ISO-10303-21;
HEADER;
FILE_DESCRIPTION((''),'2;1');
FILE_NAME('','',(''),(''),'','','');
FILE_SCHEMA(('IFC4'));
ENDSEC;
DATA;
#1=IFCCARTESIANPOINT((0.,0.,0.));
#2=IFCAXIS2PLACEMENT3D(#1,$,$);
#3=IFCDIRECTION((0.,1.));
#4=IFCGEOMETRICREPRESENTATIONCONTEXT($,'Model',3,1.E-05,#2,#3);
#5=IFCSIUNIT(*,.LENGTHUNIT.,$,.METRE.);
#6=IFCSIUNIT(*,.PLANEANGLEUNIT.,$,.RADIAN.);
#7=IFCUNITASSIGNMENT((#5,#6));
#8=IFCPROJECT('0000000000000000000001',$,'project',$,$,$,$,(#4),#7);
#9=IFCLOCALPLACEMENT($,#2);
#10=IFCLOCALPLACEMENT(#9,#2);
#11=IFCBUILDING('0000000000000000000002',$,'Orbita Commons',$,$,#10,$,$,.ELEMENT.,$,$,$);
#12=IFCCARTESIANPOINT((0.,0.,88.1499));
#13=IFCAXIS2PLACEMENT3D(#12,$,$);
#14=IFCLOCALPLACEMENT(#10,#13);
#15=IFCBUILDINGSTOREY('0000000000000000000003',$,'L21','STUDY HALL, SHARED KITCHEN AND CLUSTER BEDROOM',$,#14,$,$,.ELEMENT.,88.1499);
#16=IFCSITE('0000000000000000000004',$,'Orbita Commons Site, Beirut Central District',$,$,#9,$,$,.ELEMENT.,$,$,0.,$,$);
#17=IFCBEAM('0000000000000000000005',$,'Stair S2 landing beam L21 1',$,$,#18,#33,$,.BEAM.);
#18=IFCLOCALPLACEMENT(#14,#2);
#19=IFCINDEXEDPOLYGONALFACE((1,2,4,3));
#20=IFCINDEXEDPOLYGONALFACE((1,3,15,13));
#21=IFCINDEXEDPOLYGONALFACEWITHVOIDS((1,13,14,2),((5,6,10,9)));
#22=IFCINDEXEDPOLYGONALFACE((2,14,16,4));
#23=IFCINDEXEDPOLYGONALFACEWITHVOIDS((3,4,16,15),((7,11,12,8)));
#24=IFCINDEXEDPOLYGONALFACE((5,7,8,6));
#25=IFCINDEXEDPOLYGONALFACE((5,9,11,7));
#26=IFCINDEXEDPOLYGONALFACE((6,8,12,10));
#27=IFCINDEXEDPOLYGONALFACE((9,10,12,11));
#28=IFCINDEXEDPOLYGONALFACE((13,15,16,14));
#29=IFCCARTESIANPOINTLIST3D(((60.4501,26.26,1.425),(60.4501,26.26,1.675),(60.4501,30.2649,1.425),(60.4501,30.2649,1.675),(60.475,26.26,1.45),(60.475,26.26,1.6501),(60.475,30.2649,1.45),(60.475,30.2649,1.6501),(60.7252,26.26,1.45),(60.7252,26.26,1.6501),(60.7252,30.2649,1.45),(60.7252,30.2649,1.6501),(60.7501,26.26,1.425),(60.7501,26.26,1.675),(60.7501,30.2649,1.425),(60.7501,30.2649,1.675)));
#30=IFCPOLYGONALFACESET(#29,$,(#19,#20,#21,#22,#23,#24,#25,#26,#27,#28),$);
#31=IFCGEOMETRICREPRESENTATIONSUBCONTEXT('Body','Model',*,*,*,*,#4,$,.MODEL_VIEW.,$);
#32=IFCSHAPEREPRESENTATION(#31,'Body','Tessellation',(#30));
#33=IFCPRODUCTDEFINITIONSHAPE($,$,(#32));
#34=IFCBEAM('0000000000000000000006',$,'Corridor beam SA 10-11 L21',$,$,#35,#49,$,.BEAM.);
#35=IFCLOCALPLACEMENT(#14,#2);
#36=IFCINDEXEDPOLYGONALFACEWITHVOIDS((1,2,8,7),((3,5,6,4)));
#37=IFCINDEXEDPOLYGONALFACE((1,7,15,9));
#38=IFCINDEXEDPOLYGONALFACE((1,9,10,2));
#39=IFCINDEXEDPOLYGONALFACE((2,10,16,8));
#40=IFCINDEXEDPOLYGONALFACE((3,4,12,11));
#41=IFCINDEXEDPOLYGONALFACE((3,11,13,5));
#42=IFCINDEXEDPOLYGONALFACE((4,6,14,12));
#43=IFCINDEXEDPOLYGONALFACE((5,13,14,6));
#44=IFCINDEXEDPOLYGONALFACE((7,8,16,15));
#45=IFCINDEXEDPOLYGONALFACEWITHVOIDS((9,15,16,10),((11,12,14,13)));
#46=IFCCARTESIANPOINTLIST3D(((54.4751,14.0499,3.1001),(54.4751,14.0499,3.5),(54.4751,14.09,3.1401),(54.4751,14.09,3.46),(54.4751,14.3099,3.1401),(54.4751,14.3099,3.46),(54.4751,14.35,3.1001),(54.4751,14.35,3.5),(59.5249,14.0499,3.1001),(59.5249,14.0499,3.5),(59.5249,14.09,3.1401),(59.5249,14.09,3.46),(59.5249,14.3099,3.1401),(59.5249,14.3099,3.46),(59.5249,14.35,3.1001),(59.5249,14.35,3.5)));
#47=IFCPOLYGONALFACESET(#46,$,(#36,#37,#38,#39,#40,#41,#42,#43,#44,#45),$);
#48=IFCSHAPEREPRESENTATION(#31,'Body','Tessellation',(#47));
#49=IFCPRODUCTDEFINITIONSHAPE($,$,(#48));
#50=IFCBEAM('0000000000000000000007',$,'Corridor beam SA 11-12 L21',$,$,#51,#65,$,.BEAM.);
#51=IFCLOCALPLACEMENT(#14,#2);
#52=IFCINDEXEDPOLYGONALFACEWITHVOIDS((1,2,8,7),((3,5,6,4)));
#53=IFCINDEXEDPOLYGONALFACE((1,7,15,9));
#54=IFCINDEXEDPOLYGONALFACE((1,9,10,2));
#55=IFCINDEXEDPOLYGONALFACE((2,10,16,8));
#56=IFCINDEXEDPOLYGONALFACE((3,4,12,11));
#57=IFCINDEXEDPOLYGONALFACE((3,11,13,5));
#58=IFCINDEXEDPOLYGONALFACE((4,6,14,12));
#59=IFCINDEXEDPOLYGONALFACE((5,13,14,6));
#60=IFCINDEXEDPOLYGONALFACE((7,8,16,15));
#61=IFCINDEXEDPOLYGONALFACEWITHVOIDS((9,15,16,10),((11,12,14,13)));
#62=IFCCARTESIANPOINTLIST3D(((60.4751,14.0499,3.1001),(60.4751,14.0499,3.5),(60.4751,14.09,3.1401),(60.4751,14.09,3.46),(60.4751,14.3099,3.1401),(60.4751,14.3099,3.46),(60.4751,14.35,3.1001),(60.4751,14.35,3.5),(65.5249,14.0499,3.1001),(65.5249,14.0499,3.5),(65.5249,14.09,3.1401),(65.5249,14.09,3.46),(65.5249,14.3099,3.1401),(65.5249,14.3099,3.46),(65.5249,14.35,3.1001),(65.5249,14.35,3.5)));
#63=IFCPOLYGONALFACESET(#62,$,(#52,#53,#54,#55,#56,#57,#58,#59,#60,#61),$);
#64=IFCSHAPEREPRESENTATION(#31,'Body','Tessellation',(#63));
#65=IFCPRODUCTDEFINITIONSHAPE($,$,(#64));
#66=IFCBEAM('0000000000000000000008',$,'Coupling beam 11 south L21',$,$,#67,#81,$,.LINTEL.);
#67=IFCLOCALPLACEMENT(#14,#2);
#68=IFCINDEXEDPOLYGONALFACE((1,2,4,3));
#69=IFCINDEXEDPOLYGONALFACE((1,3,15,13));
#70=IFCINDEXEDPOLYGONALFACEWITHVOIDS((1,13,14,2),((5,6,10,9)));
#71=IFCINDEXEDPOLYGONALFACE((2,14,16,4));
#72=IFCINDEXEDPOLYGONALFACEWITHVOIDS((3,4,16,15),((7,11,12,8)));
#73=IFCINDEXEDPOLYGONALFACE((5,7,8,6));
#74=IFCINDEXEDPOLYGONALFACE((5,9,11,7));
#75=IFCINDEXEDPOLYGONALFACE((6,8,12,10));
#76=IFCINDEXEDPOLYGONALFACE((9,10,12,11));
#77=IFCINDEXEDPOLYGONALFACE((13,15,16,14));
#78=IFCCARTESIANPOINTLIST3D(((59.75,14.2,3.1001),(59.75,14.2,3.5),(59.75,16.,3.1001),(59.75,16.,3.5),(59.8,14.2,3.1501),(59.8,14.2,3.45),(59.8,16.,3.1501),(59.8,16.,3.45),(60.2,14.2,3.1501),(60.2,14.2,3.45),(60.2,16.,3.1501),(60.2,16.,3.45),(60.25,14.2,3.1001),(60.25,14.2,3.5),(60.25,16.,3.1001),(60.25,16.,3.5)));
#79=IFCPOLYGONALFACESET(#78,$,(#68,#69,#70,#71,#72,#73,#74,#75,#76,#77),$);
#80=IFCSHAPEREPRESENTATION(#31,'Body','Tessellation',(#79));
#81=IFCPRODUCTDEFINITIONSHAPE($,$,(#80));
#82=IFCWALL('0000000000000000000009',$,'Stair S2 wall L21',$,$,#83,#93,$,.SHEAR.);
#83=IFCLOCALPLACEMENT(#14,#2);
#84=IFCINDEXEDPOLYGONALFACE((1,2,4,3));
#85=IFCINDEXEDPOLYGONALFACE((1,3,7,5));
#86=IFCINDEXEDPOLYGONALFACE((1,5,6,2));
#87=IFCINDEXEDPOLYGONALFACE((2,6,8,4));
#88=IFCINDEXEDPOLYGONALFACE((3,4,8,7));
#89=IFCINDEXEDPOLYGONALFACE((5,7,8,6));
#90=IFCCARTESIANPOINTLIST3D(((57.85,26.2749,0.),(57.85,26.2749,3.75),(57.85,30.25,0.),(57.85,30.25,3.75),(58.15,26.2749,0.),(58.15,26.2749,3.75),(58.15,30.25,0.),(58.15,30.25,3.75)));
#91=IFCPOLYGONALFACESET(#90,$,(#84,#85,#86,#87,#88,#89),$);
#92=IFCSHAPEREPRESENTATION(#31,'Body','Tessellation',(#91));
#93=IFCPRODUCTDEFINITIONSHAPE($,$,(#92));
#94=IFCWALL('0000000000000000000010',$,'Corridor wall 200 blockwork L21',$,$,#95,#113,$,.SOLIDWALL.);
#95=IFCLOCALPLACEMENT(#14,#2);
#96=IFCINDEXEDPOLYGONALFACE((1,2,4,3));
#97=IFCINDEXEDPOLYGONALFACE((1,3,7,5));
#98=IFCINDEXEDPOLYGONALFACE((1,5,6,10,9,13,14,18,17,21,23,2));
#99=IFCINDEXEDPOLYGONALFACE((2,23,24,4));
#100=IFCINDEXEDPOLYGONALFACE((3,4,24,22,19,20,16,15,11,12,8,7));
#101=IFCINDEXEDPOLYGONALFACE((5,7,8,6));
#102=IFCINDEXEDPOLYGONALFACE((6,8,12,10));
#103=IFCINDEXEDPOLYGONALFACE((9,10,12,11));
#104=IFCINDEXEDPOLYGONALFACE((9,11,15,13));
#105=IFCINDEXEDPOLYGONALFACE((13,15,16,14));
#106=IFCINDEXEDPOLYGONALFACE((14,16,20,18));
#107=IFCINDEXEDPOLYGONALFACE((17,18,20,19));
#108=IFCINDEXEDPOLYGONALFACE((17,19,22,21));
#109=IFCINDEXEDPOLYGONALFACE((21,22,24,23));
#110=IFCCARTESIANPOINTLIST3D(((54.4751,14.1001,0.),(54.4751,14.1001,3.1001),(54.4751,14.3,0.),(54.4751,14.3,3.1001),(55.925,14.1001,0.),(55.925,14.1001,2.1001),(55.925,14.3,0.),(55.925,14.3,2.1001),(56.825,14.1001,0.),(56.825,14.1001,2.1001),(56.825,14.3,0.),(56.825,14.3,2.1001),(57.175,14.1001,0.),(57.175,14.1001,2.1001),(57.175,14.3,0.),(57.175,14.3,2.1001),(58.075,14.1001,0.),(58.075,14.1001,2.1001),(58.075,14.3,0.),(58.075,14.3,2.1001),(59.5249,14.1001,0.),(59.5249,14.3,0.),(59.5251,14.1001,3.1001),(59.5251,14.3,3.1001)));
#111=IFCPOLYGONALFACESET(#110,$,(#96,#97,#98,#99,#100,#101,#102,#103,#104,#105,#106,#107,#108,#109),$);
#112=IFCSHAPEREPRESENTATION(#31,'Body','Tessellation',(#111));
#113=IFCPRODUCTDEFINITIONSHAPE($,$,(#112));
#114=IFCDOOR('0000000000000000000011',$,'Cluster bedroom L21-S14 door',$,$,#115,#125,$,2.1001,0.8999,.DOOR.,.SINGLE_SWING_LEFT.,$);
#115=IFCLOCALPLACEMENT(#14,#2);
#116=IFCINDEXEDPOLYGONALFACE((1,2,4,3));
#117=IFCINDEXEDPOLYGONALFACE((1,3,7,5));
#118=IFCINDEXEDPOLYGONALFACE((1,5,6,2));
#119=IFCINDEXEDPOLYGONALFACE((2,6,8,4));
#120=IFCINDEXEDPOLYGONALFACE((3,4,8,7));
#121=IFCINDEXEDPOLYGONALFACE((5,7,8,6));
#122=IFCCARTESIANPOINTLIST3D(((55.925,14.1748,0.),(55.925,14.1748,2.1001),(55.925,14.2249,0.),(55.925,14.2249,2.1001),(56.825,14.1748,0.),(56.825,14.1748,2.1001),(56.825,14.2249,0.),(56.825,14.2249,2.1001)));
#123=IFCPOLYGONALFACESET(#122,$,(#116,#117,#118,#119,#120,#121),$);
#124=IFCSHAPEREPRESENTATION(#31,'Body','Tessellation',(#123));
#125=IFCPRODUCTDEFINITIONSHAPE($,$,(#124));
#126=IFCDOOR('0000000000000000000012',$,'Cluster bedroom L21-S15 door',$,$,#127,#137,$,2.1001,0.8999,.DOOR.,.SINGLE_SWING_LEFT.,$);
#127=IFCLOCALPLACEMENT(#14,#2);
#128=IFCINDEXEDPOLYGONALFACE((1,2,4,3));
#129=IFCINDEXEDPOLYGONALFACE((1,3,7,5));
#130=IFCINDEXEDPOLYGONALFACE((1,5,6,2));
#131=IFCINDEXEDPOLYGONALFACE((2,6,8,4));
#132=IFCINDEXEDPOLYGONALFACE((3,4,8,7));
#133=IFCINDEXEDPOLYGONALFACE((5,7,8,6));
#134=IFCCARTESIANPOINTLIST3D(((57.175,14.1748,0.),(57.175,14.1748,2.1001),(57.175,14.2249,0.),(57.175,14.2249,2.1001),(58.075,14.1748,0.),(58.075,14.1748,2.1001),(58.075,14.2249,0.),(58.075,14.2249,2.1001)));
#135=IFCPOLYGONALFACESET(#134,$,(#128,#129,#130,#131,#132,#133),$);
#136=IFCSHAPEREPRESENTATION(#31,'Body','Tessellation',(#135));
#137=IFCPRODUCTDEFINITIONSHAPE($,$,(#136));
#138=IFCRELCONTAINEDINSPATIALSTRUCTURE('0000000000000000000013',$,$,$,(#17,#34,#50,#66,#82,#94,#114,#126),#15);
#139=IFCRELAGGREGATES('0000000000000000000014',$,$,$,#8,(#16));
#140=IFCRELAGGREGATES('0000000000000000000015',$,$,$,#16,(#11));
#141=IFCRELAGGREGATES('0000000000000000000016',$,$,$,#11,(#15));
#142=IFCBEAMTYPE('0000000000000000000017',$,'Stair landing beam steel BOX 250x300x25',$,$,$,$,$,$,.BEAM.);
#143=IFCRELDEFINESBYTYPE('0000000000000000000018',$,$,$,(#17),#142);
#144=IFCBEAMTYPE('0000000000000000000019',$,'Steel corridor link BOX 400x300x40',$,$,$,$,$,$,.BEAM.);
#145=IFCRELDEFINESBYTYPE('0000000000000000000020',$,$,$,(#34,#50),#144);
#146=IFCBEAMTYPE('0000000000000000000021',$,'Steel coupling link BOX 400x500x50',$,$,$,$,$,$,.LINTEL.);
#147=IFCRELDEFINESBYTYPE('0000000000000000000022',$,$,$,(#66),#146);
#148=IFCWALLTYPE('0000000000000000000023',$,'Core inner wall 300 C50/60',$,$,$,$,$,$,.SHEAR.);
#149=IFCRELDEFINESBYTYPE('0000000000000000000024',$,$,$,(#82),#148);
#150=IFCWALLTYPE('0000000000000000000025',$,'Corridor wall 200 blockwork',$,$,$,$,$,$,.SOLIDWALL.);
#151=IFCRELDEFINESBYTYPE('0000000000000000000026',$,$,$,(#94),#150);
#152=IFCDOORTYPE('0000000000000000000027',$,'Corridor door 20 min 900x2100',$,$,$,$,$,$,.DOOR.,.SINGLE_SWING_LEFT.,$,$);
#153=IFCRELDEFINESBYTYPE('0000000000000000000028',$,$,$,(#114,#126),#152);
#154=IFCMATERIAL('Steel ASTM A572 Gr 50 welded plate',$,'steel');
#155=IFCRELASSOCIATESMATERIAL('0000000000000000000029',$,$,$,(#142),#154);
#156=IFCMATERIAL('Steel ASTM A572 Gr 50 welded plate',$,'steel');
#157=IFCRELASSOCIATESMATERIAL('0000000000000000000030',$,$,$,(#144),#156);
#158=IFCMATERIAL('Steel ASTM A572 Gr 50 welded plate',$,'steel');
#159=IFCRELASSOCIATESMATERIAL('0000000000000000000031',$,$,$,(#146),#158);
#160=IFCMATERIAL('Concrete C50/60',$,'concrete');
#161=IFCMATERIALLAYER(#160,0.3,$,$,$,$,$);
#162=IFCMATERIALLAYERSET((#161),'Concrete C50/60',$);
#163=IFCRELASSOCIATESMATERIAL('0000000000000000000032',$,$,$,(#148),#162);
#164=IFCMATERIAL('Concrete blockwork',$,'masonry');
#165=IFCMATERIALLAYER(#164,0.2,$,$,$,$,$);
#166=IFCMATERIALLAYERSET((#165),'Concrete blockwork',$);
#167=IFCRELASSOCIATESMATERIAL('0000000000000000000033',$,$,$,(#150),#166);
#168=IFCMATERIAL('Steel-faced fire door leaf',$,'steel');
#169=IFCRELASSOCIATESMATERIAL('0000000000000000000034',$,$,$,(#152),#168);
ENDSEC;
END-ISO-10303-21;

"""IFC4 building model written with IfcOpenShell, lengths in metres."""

from ifc_helpers import new_model, si_unit, direction, frame, frame_2d, origin, origin_2d, place, context, subcontext, project, spatial, polyline, rectangle, hollow_rectangle, outline, extrude, material, layer, layer_set, material_profile, profile_set, type_object, element, fill, save


model = new_model("IFC4")

# Units and contexts
model_context = context("Model", 3, precision=1e-05, world=origin(), true_north=direction((0.0, 1.0)))
body_context = subcontext(model_context, "Body", "Model", "MODEL_VIEW")
ifc_project = project(units=[si_unit("LENGTHUNIT", "METRE"), si_unit("PLANEANGLEUNIT", "RADIAN")], contexts=[model_context])

# Site, building, storey
site_placement = place(None, origin())
site = spatial("IfcSite", under=ifc_project, at=site_placement, Name="Orbita Commons Site, Beirut Central District", CompositionType="ELEMENT", RefElevation=0.0)
building_placement = place(site_placement, origin())
building = spatial("IfcBuilding", under=site, at=building_placement, Name="Orbita Commons", CompositionType="ELEMENT")
storey_placement = place(building_placement, frame((0.0, 0.0, 88.1499)))
storey = spatial("IfcBuildingStorey", under=building, at=storey_placement, Name="L21", Description="STUDY HALL, SHARED KITCHEN AND CLUSTER BEDROOM", CompositionType="ELEMENT", Elevation=88.1499)

# Beams
ifc_material_1 = material(Name="Steel ASTM A572 Gr 50 welded plate", Category="steel")
ifc_material_profile_1 = material_profile(ifc_material_1, hollow_rectangle(XDim=0.3, YDim=0.25, WallThickness=0.0249, at=origin_2d()), Name="BOX 250x300x25")
ifc_profile_set_1 = profile_set([ifc_material_profile_1], Name="Steel ASTM A572 Gr 50 welded plate")
beam_type_1 = type_object("IfcBeamType", Name="Stair landing beam steel BOX 250x300x25", PredefinedType="BEAM", material=ifc_profile_set_1)
beam_1_placement = place(storey_placement, frame((60.6001, 26.26, 1.55), z_axis=(0.0, 1.0, 0.0), x_axis=(-1.0, 0.0, 0.0)))
element("IfcBeam", 1, at=beam_1_placement, inside=storey, type_object=beam_type_1, Name="Stair S2 landing beam L21 1", PredefinedType="BEAM", context=body_context, shape_type="SweptSolid", body=[
    extrude(hollow_rectangle(XDim=0.3, YDim=0.25, WallThickness=0.0249, at=origin_2d()), origin(), (0.0, 0.0, 1.0), 4.0049),
])
ifc_material_2 = material(Name="Steel ASTM A572 Gr 50 welded plate", Category="steel")
ifc_material_profile_2 = material_profile(ifc_material_2, hollow_rectangle(XDim=0.3, YDim=0.3999, WallThickness=0.04, at=origin_2d()), Name="BOX 400x300x40")
ifc_profile_set_2 = profile_set([ifc_material_profile_2], Name="Steel ASTM A572 Gr 50 welded plate")
beam_type_2 = type_object("IfcBeamType", Name="Steel corridor link BOX 400x300x40", PredefinedType="BEAM", material=ifc_profile_set_2)
for number, where, z_axis, x_axis, name in (
    (2, (54.4751, 14.2, 3.3), (1.0, 0.0, 0.0), (0.0, 1.0, 0.0), "Corridor beam SA 10-11 L21"),
    (3, (60.4751, 14.2, 3.3), (1.0, 0.0, 0.0), (0.0, 1.0, 0.0), "Corridor beam SA 11-12 L21"),
):
    element("IfcBeam", number, at=place(storey_placement, frame(where, z_axis=z_axis, x_axis=x_axis)), inside=storey, type_object=beam_type_2, Name=name, PredefinedType="BEAM", context=body_context, shape_type="SweptSolid", body=[
        extrude(hollow_rectangle(XDim=0.3, YDim=0.3999, WallThickness=0.04, at=origin_2d()), origin(), (0.0, 0.0, 1.0), 5.0498),
    ])
ifc_material_3 = material(Name="Steel ASTM A572 Gr 50 welded plate", Category="steel")
ifc_material_profile_3 = material_profile(ifc_material_3, hollow_rectangle(XDim=0.5, YDim=0.3999, WallThickness=0.05, at=origin_2d()), Name="BOX 400x500x50")
ifc_profile_set_3 = profile_set([ifc_material_profile_3], Name="Steel ASTM A572 Gr 50 welded plate")
beam_type_3 = type_object("IfcBeamType", Name="Steel coupling link BOX 400x500x50", PredefinedType="LINTEL", material=ifc_profile_set_3)
beam_2_placement = place(storey_placement, frame((60.0, 14.2, 3.3), z_axis=(0.0, 1.0, 0.0), x_axis=(-1.0, 0.0, 0.0)))
element("IfcBeam", 4, at=beam_2_placement, inside=storey, type_object=beam_type_3, Name="Coupling beam 11 south L21", PredefinedType="LINTEL", context=body_context, shape_type="SweptSolid", body=[
    extrude(hollow_rectangle(XDim=0.5, YDim=0.3999, WallThickness=0.05, at=origin_2d()), origin(), (0.0, 0.0, 1.0), 1.8),
])

# Wall
ifc_material_4 = material(Name="Concrete C50/60", Category="concrete")
ifc_layer_1 = layer(ifc_material_4, 0.3)
ifc_layer_set_1 = layer_set([ifc_layer_1], Name="Concrete C50/60")
wall_type_1 = type_object("IfcWallType", Name="Core inner wall 300 C50/60", PredefinedType="SHEAR", material=ifc_layer_set_1)
wall_1_placement = place(storey_placement, frame((58.0, 26.2749, 0.0), z_axis=(0.0, 0.0, 1.0), x_axis=(0.0, 1.0, 0.0)))
element("IfcWall", 5, at=wall_1_placement, inside=storey, type_object=wall_type_1, Name="Stair S2 wall L21", PredefinedType="SHEAR", context=body_context, shape_type="SweptSolid", body=[
    extrude(rectangle(XDim=3.9751, YDim=0.3, at=frame_2d((1.9875, 0.0))), origin(), (0.0, 0.0, 1.0), 3.75),
])

# Wall, openings, doors
ifc_material_5 = material(Name="Concrete blockwork", Category="masonry")
ifc_layer_2 = layer(ifc_material_5, 0.2)
ifc_layer_set_2 = layer_set([ifc_layer_2], Name="Concrete blockwork")
wall_type_2 = type_object("IfcWallType", Name="Corridor wall 200 blockwork", PredefinedType="SOLIDWALL", material=ifc_layer_set_2)
wall_2_placement = place(storey_placement, frame((54.4751, 14.2, 0.0), z_axis=(0.0, 0.0, 1.0), x_axis=(1.0, 0.0, 0.0)))
wall_2 = element("IfcWall", 6, at=wall_2_placement, inside=storey, type_object=wall_type_2, Name="Corridor wall 200 blockwork L21", PredefinedType="SOLIDWALL", context=body_context, shape_type="SweptSolid", body=[
    extrude(outline(polyline([(0.0, 0.0), (5.0498, 0.0), (5.05, 3.1001), (0.0, 3.1001), (0.0, 0.0)])), frame((0.0, 0.1001, 0.0), z_axis=(0.0, -1.0, 0.0), x_axis=(1.0, 0.0, 0.0)), (0.0, 0.0, 1.0), 0.2),
])
opening_1_placement = place(wall_2_placement, frame((1.45, 0.0, 0.0)))
opening_1 = element("IfcOpeningElement", 7, at=opening_1_placement, cuts=wall_2, PredefinedType="OPENING", context=body_context, shape_type="SweptSolid", body=[
    extrude(rectangle(XDim=0.8999, YDim=2.1001, at=frame_2d((0.45, 1.05))), frame((0.0, 0.1099, 0.0), z_axis=(0.0, -1.0, 0.0), x_axis=(1.0, 0.0, 0.0)), (0.0, 0.0, 1.0), 0.22),
])
opening_2_placement = place(wall_2_placement, frame((2.7, 0.0, 0.0)))
opening_2 = element("IfcOpeningElement", 8, at=opening_2_placement, cuts=wall_2, PredefinedType="OPENING", context=body_context, shape_type="SweptSolid", body=[
    extrude(rectangle(XDim=0.8999, YDim=2.1001, at=frame_2d((0.45, 1.05))), frame((0.0, 0.1099, 0.0), z_axis=(0.0, -1.0, 0.0), x_axis=(1.0, 0.0, 0.0)), (0.0, 0.0, 1.0), 0.22),
])
ifc_material_6 = material(Name="Steel-faced fire door leaf", Category="steel")
door_type_1 = type_object("IfcDoorType", Name="Corridor door 20 min 900x2100", OperationType="SINGLE_SWING_LEFT", PredefinedType="DOOR", material=ifc_material_6)
door_1_placement = place(opening_1_placement, origin())
door_1 = element("IfcDoor", 9, at=door_1_placement, inside=storey, type_object=door_type_1, Name="Cluster bedroom L21-S14 door", OperationType="SINGLE_SWING_LEFT", OverallHeight=2.1001, OverallWidth=0.8999, PredefinedType="DOOR", context=body_context, shape_type="SweptSolid", body=[
    extrude(rectangle(XDim=0.8999, YDim=2.1001, at=frame_2d((0.45, 1.05))), frame((0.0, 0.0249, 0.0), z_axis=(0.0, -1.0, 0.0), x_axis=(1.0, 0.0, 0.0)), (0.0, 0.0, 1.0), 0.05),
])
fill(opening_1, door_1)
door_2_placement = place(opening_2_placement, origin())
door_2 = element("IfcDoor", 10, at=door_2_placement, inside=storey, type_object=door_type_1, Name="Cluster bedroom L21-S15 door", OperationType="SINGLE_SWING_LEFT", OverallHeight=2.1001, OverallWidth=0.8999, PredefinedType="DOOR", context=body_context, shape_type="SweptSolid", body=[
    extrude(rectangle(XDim=0.8999, YDim=2.1001, at=frame_2d((0.45, 1.05))), frame((0.0, 0.0249, 0.0), z_axis=(0.0, -1.0, 0.0), x_axis=(1.0, 0.0, 0.0)), (0.0, 0.0, 1.0), 0.05),
])
fill(opening_2, door_2)

save(model, "model.ifc")
